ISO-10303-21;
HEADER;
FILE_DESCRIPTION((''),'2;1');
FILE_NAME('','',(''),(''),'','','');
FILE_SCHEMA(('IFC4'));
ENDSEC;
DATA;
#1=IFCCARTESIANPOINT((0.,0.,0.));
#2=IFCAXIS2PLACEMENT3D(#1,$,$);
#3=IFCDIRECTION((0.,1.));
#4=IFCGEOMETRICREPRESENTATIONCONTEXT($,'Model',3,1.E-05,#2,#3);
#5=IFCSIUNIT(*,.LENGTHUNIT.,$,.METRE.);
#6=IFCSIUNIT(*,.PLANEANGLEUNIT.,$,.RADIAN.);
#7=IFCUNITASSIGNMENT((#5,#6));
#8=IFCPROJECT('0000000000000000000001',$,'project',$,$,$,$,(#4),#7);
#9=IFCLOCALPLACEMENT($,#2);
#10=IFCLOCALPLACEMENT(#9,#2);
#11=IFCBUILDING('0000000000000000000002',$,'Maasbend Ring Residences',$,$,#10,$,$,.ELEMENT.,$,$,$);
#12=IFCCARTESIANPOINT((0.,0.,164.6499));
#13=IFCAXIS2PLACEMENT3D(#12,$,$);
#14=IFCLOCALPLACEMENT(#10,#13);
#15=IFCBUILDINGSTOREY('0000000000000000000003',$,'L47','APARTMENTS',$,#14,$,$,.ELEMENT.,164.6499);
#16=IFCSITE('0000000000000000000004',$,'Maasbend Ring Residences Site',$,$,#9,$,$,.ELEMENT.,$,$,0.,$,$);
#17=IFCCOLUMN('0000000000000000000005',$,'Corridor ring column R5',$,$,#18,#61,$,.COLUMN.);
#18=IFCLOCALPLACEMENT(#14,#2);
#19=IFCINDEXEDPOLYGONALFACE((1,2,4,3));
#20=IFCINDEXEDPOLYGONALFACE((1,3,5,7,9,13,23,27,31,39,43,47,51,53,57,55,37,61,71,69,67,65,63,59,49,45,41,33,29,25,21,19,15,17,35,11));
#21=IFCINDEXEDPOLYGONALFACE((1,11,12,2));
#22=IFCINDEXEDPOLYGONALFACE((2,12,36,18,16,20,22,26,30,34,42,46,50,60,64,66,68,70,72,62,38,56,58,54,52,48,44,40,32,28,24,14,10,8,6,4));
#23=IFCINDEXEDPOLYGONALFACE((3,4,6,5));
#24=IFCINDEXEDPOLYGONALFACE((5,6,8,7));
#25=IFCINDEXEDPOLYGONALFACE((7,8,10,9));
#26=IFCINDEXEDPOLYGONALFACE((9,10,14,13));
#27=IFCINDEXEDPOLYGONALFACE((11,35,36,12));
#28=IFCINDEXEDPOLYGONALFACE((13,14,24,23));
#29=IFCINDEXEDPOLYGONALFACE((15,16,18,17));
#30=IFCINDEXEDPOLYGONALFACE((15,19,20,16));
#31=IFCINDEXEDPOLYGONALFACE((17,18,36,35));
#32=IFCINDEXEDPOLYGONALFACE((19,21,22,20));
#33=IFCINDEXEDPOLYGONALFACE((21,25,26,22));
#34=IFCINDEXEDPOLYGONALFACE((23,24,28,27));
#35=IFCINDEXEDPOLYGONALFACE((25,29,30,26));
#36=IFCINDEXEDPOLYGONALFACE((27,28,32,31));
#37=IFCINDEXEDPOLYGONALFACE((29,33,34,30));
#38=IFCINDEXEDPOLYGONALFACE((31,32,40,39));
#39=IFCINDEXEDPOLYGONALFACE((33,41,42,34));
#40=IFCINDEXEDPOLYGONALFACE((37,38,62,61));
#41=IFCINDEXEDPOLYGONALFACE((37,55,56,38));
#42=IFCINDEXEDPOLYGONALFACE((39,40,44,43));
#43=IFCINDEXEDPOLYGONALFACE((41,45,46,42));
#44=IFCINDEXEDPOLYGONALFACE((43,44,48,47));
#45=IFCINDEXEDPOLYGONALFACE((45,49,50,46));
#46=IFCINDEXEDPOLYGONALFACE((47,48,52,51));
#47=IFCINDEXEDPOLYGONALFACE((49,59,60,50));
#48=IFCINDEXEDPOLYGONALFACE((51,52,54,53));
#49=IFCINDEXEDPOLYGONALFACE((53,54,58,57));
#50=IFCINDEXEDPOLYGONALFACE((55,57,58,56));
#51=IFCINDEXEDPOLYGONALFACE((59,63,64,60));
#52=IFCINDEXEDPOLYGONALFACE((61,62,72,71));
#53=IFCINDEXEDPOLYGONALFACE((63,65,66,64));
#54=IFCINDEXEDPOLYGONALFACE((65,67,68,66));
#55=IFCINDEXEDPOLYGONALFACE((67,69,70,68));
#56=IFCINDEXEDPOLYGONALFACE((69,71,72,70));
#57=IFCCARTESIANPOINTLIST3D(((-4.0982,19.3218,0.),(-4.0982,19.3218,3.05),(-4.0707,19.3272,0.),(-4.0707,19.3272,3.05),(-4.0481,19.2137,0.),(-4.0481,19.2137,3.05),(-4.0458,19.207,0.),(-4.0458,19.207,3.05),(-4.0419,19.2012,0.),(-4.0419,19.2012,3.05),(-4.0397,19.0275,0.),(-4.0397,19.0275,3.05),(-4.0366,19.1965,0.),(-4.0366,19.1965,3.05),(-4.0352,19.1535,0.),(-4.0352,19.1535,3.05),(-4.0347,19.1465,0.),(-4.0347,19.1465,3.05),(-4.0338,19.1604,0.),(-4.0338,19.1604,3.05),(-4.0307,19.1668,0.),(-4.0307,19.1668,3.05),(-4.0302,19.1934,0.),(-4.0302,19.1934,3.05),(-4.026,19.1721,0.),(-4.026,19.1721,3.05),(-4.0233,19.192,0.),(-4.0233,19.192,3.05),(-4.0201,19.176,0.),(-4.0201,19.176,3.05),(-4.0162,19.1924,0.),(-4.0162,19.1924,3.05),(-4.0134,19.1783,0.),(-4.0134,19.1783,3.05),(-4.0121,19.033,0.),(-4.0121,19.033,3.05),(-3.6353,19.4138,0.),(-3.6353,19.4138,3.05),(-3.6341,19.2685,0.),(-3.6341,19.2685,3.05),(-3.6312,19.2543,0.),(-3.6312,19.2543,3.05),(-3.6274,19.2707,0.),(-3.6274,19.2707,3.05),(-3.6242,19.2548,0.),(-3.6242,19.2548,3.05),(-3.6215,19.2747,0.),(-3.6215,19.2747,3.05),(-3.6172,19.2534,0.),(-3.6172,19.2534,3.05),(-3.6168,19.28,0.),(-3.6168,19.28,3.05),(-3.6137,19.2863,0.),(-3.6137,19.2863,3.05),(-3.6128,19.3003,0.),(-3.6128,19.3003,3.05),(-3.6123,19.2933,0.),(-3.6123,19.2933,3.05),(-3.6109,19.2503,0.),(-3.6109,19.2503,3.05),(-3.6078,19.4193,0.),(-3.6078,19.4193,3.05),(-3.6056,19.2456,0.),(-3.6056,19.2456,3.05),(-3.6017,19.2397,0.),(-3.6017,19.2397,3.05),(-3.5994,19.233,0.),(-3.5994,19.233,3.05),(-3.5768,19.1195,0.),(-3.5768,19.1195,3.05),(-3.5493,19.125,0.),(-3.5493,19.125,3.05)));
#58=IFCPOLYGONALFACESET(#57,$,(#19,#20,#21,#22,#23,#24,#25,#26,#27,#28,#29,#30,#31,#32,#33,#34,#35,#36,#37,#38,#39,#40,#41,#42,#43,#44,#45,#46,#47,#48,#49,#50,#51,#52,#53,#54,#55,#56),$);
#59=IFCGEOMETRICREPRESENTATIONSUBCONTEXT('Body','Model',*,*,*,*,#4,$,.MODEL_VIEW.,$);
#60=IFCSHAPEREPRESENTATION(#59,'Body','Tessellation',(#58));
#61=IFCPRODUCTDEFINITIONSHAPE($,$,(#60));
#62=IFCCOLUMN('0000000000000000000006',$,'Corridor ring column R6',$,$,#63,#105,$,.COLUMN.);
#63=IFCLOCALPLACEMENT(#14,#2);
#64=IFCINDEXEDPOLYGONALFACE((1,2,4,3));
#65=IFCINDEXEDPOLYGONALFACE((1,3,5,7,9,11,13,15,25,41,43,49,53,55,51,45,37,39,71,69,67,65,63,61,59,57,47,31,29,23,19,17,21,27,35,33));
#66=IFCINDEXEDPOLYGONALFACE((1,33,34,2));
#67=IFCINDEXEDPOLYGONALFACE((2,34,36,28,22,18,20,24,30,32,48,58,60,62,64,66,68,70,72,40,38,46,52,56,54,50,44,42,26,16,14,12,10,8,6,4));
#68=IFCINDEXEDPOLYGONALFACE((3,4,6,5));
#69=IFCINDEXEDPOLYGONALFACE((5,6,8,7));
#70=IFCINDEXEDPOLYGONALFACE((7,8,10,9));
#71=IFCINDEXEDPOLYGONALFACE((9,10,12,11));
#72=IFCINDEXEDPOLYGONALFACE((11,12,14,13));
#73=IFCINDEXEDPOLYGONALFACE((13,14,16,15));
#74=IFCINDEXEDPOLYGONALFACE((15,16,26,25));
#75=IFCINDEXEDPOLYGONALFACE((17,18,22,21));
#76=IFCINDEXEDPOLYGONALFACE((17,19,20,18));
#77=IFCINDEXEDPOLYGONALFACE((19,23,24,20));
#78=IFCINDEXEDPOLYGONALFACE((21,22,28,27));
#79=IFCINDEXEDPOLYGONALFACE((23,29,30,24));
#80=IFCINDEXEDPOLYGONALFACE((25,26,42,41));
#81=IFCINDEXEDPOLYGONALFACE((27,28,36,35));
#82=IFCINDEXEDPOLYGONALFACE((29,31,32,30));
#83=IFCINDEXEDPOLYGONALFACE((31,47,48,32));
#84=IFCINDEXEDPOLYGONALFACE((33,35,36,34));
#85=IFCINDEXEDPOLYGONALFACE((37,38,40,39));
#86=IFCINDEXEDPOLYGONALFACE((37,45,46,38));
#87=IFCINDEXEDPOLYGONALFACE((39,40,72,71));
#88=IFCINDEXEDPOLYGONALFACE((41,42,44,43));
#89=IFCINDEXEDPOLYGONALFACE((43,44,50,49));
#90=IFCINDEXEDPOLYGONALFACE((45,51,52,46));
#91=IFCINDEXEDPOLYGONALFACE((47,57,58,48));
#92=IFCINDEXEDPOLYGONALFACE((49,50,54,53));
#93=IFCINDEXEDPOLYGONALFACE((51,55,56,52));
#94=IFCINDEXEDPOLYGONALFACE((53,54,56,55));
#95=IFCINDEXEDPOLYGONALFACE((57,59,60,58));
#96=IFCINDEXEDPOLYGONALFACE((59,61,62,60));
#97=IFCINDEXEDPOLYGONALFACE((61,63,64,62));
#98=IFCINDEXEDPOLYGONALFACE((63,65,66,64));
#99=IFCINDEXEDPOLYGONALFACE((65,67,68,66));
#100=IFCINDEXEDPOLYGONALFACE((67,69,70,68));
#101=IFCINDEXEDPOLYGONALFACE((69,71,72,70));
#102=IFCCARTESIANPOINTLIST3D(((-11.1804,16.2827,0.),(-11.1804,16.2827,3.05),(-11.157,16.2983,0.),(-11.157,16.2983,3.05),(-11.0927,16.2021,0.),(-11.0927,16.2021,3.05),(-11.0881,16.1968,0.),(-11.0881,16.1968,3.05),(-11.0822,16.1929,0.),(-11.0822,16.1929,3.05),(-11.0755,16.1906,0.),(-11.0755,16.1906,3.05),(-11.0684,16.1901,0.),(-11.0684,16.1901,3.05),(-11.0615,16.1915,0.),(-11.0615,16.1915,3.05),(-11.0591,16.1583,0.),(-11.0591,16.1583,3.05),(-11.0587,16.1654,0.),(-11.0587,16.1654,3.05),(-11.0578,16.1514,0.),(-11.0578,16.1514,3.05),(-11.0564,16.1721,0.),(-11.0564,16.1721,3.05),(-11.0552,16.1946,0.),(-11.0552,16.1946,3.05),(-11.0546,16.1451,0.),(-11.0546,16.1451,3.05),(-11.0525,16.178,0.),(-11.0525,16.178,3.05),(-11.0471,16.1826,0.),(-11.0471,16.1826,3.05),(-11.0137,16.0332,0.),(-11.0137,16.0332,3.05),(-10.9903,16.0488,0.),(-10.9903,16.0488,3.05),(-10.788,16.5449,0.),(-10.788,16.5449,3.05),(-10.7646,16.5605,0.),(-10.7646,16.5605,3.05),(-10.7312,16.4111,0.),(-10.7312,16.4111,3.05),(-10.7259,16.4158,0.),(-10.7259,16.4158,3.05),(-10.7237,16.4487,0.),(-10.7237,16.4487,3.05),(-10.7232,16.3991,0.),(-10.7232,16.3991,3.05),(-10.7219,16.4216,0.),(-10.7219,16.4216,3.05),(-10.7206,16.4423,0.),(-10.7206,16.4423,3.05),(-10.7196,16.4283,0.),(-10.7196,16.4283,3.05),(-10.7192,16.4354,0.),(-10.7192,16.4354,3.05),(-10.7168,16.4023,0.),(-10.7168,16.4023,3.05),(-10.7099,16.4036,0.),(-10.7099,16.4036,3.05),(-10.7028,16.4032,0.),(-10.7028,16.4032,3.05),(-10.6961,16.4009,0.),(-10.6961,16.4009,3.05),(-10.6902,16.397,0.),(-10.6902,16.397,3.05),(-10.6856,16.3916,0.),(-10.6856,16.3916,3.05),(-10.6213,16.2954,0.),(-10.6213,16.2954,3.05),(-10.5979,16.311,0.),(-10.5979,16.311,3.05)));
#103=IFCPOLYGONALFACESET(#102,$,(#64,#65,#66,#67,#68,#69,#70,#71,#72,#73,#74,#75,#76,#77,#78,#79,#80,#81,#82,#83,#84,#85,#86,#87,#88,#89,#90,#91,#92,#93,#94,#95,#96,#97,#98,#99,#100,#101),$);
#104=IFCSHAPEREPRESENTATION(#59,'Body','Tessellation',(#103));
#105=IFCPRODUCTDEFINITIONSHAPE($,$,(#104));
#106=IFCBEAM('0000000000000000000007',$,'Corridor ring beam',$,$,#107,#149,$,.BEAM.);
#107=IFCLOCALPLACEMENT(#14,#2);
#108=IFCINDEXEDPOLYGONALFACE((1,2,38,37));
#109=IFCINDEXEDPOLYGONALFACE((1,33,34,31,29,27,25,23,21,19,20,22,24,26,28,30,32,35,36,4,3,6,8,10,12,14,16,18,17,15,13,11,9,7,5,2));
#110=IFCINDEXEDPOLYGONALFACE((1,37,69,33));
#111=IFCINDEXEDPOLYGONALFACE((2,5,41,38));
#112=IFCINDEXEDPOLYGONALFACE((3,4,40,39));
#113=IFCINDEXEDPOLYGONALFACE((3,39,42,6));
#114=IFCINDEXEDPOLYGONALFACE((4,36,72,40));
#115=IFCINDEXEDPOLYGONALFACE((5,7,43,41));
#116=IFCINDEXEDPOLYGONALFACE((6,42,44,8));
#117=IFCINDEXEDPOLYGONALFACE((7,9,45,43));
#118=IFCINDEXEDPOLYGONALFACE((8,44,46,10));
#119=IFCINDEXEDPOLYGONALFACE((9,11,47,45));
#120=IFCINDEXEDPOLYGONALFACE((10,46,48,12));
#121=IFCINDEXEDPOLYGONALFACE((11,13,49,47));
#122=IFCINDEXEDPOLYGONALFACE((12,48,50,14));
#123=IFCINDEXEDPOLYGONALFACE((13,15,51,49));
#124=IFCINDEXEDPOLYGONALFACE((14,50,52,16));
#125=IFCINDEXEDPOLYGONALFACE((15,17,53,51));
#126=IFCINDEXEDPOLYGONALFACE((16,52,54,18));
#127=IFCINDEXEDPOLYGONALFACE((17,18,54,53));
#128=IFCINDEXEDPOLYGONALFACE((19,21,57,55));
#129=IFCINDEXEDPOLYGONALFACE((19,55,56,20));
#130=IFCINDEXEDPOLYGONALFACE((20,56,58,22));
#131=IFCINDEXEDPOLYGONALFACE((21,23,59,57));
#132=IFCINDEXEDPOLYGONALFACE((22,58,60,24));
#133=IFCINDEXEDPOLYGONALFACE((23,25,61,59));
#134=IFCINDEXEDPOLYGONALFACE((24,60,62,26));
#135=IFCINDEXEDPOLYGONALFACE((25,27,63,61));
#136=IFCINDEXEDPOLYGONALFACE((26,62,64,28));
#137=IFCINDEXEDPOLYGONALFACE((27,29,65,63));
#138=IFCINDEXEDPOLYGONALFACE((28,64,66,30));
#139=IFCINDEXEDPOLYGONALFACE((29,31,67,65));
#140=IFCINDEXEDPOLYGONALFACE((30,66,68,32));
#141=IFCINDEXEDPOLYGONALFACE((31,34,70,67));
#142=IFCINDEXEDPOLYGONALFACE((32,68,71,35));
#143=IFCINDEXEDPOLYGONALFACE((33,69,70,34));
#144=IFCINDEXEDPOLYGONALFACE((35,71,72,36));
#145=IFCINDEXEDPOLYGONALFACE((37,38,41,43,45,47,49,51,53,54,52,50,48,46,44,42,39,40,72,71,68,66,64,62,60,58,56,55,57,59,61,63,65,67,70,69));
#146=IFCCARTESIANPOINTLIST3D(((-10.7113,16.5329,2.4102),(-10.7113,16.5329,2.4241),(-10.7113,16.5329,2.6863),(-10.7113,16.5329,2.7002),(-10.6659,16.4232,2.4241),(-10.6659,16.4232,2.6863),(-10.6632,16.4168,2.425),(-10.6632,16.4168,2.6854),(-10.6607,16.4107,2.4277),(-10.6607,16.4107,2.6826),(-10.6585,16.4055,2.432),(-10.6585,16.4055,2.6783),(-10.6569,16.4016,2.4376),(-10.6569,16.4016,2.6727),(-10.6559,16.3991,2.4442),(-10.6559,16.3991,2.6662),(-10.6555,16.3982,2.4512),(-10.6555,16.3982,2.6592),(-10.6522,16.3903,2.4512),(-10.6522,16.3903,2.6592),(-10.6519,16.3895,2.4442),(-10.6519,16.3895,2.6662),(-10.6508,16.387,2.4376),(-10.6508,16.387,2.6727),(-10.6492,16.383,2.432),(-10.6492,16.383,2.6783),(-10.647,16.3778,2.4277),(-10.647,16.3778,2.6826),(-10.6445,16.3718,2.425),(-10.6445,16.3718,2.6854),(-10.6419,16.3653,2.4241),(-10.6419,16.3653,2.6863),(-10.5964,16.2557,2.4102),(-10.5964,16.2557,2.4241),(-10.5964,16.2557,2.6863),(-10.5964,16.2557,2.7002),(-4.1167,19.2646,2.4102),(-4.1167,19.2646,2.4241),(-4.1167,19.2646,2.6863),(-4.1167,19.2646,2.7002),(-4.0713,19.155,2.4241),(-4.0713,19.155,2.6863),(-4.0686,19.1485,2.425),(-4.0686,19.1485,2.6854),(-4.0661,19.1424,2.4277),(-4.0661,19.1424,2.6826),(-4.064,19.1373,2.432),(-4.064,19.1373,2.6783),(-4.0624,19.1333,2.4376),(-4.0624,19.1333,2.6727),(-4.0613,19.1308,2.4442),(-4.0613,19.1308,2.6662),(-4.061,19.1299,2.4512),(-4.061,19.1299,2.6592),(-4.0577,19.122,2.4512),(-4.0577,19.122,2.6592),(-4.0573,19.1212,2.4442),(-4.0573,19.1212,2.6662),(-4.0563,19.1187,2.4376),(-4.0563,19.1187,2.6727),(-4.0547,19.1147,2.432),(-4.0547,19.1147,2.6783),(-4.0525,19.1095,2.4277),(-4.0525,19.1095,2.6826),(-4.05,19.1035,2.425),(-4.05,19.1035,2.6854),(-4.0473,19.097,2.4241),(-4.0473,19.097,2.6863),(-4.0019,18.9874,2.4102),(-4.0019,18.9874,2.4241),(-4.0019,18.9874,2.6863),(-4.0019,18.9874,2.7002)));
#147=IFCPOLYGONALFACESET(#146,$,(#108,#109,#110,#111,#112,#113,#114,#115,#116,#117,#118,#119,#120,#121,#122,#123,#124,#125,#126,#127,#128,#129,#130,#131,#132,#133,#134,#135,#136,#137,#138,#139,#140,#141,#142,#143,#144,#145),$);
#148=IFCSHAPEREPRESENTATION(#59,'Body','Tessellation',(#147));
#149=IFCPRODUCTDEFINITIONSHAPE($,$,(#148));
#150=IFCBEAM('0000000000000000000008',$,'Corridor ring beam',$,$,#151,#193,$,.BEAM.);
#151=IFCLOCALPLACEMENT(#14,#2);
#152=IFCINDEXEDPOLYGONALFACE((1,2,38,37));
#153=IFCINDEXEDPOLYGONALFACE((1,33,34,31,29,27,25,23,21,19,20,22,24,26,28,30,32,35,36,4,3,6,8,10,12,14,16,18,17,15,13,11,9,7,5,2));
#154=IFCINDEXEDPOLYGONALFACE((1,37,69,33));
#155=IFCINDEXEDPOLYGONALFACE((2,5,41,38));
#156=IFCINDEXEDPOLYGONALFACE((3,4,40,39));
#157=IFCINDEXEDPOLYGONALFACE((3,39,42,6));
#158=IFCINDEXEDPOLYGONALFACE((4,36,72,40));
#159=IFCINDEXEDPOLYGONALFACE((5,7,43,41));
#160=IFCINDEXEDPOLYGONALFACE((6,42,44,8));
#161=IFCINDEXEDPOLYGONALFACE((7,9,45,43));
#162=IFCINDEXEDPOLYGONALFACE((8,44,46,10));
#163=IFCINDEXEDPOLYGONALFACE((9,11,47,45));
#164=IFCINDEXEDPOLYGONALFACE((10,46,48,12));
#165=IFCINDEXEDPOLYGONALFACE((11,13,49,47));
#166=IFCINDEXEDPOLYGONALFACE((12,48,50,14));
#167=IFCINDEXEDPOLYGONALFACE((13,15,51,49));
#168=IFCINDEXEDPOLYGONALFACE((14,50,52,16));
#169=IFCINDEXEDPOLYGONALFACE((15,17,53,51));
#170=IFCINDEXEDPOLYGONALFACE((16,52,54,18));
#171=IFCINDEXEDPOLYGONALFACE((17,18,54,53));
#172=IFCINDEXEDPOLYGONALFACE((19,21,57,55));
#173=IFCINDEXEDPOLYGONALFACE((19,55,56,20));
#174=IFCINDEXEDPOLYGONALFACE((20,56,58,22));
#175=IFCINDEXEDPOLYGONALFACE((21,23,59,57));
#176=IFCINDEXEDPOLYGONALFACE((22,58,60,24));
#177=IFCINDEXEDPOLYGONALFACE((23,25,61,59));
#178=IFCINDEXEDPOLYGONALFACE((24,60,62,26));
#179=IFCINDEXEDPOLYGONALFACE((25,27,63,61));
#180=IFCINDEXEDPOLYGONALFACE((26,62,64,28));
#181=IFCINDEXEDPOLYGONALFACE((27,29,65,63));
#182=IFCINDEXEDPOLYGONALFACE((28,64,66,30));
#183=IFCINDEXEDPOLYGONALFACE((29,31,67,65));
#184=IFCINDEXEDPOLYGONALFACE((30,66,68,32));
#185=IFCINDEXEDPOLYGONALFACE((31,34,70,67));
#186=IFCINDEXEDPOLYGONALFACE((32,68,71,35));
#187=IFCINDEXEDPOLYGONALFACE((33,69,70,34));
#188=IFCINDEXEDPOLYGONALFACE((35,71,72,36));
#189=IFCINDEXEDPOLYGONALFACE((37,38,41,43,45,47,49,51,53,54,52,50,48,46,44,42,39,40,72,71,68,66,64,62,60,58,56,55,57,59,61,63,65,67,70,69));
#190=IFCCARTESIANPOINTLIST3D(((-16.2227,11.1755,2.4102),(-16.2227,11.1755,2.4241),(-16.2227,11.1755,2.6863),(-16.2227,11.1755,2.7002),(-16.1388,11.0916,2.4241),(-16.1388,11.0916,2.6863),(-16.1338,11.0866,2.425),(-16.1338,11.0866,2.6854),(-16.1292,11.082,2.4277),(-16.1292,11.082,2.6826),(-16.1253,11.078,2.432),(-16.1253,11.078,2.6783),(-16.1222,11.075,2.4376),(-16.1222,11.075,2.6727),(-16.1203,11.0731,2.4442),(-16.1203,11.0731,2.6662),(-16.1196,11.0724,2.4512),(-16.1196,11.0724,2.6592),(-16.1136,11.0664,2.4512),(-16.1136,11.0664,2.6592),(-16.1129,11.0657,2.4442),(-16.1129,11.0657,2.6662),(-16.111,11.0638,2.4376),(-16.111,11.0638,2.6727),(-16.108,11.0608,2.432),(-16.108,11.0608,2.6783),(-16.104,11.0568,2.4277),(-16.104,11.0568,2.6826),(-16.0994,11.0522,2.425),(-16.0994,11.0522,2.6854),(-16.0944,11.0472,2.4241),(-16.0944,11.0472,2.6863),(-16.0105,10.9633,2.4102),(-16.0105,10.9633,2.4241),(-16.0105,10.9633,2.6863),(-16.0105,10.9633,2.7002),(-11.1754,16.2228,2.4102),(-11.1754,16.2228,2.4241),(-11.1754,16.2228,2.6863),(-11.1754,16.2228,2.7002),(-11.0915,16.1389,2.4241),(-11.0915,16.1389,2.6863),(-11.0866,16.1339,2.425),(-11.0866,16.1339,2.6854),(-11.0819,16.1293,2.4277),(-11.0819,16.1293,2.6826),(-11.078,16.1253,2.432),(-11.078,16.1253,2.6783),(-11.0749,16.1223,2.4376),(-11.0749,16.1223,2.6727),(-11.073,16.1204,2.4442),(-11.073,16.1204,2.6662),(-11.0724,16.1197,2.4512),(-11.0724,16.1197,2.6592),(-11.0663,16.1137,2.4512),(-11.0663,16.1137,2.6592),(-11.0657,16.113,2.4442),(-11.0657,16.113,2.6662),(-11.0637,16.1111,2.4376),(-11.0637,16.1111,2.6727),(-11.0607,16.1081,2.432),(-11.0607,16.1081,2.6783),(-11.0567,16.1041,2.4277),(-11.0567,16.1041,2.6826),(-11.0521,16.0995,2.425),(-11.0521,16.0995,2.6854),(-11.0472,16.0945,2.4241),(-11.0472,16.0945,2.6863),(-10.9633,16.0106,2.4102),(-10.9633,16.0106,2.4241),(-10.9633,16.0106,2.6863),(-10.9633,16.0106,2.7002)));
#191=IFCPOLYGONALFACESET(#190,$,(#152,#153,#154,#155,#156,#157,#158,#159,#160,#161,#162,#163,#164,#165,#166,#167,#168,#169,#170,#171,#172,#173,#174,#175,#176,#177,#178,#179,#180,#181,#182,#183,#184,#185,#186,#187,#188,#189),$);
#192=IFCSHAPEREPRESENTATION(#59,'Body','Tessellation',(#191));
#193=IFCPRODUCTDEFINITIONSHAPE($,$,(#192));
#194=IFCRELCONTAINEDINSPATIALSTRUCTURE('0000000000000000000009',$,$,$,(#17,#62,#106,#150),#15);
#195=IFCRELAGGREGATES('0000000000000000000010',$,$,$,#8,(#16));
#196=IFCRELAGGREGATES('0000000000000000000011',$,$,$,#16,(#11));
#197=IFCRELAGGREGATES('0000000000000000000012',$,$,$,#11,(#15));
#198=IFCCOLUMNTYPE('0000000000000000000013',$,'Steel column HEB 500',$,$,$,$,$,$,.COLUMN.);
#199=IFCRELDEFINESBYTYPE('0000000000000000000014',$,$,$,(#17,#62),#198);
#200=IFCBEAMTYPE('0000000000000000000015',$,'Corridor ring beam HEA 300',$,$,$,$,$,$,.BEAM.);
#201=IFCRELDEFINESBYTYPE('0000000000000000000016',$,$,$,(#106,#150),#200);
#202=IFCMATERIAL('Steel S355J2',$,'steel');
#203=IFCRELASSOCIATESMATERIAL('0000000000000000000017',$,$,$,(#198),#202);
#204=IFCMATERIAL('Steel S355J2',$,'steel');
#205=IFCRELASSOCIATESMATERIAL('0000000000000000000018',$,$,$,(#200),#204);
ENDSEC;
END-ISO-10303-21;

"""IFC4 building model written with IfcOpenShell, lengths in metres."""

from ifc_helpers import new_model, si_unit, direction, frame, origin, origin_2d, place, context, subcontext, project, spatial, i_section, extrude, material, material_profile, profile_set, type_object, element, save


model = new_model("IFC4")

# Units and contexts
model_context = context("Model", 3, precision=1e-05, world=origin(), true_north=direction((0.0, 1.0)))
body_context = subcontext(model_context, "Body", "Model", "MODEL_VIEW")
ifc_project = project(units=[si_unit("LENGTHUNIT", "METRE"), si_unit("PLANEANGLEUNIT", "RADIAN")], contexts=[model_context])

# Site, building, storey
site_placement = place(None, origin())
site = spatial("IfcSite", under=ifc_project, at=site_placement, Name="Maasbend Ring Residences Site", CompositionType="ELEMENT", RefElevation=0.0)
building_placement = place(site_placement, origin())
building = spatial("IfcBuilding", under=site, at=building_placement, Name="Maasbend Ring Residences", CompositionType="ELEMENT")
storey_placement = place(building_placement, frame((0.0, 0.0, 164.6499)))
storey = spatial("IfcBuildingStorey", under=building, at=storey_placement, Name="L47", Description="APARTMENTS", CompositionType="ELEMENT", Elevation=164.6499)

# Columns
ifc_material_1 = material(Name="Steel S355J2", Category="steel")
ifc_material_profile_1 = material_profile(ifc_material_1, i_section(OverallWidth=0.3, OverallDepth=0.5, WebThickness=0.0144, FlangeThickness=0.0281, FilletRadius=0.0271, at=origin_2d()), Name="HEB 500")
ifc_profile_set_1 = profile_set([ifc_material_profile_1], Name="Steel S355J2")
column_type = type_object("IfcColumnType", Name="Steel column HEB 500", PredefinedType="COLUMN", material=ifc_profile_set_1)
for number, where, z_axis, x_axis, name in (
    (1, (-3.8237, 19.2234, 0.0), (0.0, 0.0, 1.0), (-0.19509, 0.980785, 0.0), "Corridor ring column R5"),
    (2, (-10.8892, 16.2969, 0.0), (0.0, 0.0, 1.0), (-0.55557, 0.83147, 0.0), "Corridor ring column R6"),
):
    element("IfcColumn", number, at=place(storey_placement, frame(where, z_axis=z_axis, x_axis=x_axis)), inside=storey, type_object=column_type, Name=name, PredefinedType="COLUMN", context=body_context, shape_type="SweptSolid", body=[
        extrude(i_section(OverallWidth=0.3, OverallDepth=0.5, WebThickness=0.0144, FlangeThickness=0.0281, FilletRadius=0.0271, at=origin_2d()), origin(), (0.0, 0.0, 1.0), 3.05),
    ])

# Beams
ifc_material_2 = material(Name="Steel S355J2", Category="steel")
ifc_material_profile_2 = material_profile(ifc_material_2, i_section(OverallWidth=0.3, OverallDepth=0.29, WebThickness=0.0085, FlangeThickness=0.0139, FilletRadius=0.0271, at=origin_2d()), Name="HEA 300")
ifc_profile_set_2 = profile_set([ifc_material_profile_2], Name="Steel S355J2")
beam_type = type_object("IfcBeamType", Name="Corridor ring beam HEA 300", PredefinedType="BEAM", material=ifc_profile_set_2)
for number, where, z_axis, x_axis, name in (
    (3, (-4.0593, 19.126, 2.5552), (-0.923871, -0.382703, 0.0), (0.382703, -0.923871, 0.0), "Corridor ring beam"),
    (4, (-11.0693, 16.1167, 2.5552), (-0.707107, -0.707107, 0.0), (0.707107, -0.707107, 0.0), "Corridor ring beam"),
):
    element("IfcBeam", number, at=place(storey_placement, frame(where, z_axis=z_axis, x_axis=x_axis)), inside=storey, type_object=beam_type, Name=name, PredefinedType="BEAM", context=body_context, shape_type="SweptSolid", body=[
        extrude(i_section(OverallWidth=0.3, OverallDepth=0.29, WebThickness=0.0085, FlangeThickness=0.0139, FilletRadius=0.0271, at=origin_2d()), origin(), (0.0, 0.0, 1.0), 7.1379),
    ])

save(model, "model.ifc")
